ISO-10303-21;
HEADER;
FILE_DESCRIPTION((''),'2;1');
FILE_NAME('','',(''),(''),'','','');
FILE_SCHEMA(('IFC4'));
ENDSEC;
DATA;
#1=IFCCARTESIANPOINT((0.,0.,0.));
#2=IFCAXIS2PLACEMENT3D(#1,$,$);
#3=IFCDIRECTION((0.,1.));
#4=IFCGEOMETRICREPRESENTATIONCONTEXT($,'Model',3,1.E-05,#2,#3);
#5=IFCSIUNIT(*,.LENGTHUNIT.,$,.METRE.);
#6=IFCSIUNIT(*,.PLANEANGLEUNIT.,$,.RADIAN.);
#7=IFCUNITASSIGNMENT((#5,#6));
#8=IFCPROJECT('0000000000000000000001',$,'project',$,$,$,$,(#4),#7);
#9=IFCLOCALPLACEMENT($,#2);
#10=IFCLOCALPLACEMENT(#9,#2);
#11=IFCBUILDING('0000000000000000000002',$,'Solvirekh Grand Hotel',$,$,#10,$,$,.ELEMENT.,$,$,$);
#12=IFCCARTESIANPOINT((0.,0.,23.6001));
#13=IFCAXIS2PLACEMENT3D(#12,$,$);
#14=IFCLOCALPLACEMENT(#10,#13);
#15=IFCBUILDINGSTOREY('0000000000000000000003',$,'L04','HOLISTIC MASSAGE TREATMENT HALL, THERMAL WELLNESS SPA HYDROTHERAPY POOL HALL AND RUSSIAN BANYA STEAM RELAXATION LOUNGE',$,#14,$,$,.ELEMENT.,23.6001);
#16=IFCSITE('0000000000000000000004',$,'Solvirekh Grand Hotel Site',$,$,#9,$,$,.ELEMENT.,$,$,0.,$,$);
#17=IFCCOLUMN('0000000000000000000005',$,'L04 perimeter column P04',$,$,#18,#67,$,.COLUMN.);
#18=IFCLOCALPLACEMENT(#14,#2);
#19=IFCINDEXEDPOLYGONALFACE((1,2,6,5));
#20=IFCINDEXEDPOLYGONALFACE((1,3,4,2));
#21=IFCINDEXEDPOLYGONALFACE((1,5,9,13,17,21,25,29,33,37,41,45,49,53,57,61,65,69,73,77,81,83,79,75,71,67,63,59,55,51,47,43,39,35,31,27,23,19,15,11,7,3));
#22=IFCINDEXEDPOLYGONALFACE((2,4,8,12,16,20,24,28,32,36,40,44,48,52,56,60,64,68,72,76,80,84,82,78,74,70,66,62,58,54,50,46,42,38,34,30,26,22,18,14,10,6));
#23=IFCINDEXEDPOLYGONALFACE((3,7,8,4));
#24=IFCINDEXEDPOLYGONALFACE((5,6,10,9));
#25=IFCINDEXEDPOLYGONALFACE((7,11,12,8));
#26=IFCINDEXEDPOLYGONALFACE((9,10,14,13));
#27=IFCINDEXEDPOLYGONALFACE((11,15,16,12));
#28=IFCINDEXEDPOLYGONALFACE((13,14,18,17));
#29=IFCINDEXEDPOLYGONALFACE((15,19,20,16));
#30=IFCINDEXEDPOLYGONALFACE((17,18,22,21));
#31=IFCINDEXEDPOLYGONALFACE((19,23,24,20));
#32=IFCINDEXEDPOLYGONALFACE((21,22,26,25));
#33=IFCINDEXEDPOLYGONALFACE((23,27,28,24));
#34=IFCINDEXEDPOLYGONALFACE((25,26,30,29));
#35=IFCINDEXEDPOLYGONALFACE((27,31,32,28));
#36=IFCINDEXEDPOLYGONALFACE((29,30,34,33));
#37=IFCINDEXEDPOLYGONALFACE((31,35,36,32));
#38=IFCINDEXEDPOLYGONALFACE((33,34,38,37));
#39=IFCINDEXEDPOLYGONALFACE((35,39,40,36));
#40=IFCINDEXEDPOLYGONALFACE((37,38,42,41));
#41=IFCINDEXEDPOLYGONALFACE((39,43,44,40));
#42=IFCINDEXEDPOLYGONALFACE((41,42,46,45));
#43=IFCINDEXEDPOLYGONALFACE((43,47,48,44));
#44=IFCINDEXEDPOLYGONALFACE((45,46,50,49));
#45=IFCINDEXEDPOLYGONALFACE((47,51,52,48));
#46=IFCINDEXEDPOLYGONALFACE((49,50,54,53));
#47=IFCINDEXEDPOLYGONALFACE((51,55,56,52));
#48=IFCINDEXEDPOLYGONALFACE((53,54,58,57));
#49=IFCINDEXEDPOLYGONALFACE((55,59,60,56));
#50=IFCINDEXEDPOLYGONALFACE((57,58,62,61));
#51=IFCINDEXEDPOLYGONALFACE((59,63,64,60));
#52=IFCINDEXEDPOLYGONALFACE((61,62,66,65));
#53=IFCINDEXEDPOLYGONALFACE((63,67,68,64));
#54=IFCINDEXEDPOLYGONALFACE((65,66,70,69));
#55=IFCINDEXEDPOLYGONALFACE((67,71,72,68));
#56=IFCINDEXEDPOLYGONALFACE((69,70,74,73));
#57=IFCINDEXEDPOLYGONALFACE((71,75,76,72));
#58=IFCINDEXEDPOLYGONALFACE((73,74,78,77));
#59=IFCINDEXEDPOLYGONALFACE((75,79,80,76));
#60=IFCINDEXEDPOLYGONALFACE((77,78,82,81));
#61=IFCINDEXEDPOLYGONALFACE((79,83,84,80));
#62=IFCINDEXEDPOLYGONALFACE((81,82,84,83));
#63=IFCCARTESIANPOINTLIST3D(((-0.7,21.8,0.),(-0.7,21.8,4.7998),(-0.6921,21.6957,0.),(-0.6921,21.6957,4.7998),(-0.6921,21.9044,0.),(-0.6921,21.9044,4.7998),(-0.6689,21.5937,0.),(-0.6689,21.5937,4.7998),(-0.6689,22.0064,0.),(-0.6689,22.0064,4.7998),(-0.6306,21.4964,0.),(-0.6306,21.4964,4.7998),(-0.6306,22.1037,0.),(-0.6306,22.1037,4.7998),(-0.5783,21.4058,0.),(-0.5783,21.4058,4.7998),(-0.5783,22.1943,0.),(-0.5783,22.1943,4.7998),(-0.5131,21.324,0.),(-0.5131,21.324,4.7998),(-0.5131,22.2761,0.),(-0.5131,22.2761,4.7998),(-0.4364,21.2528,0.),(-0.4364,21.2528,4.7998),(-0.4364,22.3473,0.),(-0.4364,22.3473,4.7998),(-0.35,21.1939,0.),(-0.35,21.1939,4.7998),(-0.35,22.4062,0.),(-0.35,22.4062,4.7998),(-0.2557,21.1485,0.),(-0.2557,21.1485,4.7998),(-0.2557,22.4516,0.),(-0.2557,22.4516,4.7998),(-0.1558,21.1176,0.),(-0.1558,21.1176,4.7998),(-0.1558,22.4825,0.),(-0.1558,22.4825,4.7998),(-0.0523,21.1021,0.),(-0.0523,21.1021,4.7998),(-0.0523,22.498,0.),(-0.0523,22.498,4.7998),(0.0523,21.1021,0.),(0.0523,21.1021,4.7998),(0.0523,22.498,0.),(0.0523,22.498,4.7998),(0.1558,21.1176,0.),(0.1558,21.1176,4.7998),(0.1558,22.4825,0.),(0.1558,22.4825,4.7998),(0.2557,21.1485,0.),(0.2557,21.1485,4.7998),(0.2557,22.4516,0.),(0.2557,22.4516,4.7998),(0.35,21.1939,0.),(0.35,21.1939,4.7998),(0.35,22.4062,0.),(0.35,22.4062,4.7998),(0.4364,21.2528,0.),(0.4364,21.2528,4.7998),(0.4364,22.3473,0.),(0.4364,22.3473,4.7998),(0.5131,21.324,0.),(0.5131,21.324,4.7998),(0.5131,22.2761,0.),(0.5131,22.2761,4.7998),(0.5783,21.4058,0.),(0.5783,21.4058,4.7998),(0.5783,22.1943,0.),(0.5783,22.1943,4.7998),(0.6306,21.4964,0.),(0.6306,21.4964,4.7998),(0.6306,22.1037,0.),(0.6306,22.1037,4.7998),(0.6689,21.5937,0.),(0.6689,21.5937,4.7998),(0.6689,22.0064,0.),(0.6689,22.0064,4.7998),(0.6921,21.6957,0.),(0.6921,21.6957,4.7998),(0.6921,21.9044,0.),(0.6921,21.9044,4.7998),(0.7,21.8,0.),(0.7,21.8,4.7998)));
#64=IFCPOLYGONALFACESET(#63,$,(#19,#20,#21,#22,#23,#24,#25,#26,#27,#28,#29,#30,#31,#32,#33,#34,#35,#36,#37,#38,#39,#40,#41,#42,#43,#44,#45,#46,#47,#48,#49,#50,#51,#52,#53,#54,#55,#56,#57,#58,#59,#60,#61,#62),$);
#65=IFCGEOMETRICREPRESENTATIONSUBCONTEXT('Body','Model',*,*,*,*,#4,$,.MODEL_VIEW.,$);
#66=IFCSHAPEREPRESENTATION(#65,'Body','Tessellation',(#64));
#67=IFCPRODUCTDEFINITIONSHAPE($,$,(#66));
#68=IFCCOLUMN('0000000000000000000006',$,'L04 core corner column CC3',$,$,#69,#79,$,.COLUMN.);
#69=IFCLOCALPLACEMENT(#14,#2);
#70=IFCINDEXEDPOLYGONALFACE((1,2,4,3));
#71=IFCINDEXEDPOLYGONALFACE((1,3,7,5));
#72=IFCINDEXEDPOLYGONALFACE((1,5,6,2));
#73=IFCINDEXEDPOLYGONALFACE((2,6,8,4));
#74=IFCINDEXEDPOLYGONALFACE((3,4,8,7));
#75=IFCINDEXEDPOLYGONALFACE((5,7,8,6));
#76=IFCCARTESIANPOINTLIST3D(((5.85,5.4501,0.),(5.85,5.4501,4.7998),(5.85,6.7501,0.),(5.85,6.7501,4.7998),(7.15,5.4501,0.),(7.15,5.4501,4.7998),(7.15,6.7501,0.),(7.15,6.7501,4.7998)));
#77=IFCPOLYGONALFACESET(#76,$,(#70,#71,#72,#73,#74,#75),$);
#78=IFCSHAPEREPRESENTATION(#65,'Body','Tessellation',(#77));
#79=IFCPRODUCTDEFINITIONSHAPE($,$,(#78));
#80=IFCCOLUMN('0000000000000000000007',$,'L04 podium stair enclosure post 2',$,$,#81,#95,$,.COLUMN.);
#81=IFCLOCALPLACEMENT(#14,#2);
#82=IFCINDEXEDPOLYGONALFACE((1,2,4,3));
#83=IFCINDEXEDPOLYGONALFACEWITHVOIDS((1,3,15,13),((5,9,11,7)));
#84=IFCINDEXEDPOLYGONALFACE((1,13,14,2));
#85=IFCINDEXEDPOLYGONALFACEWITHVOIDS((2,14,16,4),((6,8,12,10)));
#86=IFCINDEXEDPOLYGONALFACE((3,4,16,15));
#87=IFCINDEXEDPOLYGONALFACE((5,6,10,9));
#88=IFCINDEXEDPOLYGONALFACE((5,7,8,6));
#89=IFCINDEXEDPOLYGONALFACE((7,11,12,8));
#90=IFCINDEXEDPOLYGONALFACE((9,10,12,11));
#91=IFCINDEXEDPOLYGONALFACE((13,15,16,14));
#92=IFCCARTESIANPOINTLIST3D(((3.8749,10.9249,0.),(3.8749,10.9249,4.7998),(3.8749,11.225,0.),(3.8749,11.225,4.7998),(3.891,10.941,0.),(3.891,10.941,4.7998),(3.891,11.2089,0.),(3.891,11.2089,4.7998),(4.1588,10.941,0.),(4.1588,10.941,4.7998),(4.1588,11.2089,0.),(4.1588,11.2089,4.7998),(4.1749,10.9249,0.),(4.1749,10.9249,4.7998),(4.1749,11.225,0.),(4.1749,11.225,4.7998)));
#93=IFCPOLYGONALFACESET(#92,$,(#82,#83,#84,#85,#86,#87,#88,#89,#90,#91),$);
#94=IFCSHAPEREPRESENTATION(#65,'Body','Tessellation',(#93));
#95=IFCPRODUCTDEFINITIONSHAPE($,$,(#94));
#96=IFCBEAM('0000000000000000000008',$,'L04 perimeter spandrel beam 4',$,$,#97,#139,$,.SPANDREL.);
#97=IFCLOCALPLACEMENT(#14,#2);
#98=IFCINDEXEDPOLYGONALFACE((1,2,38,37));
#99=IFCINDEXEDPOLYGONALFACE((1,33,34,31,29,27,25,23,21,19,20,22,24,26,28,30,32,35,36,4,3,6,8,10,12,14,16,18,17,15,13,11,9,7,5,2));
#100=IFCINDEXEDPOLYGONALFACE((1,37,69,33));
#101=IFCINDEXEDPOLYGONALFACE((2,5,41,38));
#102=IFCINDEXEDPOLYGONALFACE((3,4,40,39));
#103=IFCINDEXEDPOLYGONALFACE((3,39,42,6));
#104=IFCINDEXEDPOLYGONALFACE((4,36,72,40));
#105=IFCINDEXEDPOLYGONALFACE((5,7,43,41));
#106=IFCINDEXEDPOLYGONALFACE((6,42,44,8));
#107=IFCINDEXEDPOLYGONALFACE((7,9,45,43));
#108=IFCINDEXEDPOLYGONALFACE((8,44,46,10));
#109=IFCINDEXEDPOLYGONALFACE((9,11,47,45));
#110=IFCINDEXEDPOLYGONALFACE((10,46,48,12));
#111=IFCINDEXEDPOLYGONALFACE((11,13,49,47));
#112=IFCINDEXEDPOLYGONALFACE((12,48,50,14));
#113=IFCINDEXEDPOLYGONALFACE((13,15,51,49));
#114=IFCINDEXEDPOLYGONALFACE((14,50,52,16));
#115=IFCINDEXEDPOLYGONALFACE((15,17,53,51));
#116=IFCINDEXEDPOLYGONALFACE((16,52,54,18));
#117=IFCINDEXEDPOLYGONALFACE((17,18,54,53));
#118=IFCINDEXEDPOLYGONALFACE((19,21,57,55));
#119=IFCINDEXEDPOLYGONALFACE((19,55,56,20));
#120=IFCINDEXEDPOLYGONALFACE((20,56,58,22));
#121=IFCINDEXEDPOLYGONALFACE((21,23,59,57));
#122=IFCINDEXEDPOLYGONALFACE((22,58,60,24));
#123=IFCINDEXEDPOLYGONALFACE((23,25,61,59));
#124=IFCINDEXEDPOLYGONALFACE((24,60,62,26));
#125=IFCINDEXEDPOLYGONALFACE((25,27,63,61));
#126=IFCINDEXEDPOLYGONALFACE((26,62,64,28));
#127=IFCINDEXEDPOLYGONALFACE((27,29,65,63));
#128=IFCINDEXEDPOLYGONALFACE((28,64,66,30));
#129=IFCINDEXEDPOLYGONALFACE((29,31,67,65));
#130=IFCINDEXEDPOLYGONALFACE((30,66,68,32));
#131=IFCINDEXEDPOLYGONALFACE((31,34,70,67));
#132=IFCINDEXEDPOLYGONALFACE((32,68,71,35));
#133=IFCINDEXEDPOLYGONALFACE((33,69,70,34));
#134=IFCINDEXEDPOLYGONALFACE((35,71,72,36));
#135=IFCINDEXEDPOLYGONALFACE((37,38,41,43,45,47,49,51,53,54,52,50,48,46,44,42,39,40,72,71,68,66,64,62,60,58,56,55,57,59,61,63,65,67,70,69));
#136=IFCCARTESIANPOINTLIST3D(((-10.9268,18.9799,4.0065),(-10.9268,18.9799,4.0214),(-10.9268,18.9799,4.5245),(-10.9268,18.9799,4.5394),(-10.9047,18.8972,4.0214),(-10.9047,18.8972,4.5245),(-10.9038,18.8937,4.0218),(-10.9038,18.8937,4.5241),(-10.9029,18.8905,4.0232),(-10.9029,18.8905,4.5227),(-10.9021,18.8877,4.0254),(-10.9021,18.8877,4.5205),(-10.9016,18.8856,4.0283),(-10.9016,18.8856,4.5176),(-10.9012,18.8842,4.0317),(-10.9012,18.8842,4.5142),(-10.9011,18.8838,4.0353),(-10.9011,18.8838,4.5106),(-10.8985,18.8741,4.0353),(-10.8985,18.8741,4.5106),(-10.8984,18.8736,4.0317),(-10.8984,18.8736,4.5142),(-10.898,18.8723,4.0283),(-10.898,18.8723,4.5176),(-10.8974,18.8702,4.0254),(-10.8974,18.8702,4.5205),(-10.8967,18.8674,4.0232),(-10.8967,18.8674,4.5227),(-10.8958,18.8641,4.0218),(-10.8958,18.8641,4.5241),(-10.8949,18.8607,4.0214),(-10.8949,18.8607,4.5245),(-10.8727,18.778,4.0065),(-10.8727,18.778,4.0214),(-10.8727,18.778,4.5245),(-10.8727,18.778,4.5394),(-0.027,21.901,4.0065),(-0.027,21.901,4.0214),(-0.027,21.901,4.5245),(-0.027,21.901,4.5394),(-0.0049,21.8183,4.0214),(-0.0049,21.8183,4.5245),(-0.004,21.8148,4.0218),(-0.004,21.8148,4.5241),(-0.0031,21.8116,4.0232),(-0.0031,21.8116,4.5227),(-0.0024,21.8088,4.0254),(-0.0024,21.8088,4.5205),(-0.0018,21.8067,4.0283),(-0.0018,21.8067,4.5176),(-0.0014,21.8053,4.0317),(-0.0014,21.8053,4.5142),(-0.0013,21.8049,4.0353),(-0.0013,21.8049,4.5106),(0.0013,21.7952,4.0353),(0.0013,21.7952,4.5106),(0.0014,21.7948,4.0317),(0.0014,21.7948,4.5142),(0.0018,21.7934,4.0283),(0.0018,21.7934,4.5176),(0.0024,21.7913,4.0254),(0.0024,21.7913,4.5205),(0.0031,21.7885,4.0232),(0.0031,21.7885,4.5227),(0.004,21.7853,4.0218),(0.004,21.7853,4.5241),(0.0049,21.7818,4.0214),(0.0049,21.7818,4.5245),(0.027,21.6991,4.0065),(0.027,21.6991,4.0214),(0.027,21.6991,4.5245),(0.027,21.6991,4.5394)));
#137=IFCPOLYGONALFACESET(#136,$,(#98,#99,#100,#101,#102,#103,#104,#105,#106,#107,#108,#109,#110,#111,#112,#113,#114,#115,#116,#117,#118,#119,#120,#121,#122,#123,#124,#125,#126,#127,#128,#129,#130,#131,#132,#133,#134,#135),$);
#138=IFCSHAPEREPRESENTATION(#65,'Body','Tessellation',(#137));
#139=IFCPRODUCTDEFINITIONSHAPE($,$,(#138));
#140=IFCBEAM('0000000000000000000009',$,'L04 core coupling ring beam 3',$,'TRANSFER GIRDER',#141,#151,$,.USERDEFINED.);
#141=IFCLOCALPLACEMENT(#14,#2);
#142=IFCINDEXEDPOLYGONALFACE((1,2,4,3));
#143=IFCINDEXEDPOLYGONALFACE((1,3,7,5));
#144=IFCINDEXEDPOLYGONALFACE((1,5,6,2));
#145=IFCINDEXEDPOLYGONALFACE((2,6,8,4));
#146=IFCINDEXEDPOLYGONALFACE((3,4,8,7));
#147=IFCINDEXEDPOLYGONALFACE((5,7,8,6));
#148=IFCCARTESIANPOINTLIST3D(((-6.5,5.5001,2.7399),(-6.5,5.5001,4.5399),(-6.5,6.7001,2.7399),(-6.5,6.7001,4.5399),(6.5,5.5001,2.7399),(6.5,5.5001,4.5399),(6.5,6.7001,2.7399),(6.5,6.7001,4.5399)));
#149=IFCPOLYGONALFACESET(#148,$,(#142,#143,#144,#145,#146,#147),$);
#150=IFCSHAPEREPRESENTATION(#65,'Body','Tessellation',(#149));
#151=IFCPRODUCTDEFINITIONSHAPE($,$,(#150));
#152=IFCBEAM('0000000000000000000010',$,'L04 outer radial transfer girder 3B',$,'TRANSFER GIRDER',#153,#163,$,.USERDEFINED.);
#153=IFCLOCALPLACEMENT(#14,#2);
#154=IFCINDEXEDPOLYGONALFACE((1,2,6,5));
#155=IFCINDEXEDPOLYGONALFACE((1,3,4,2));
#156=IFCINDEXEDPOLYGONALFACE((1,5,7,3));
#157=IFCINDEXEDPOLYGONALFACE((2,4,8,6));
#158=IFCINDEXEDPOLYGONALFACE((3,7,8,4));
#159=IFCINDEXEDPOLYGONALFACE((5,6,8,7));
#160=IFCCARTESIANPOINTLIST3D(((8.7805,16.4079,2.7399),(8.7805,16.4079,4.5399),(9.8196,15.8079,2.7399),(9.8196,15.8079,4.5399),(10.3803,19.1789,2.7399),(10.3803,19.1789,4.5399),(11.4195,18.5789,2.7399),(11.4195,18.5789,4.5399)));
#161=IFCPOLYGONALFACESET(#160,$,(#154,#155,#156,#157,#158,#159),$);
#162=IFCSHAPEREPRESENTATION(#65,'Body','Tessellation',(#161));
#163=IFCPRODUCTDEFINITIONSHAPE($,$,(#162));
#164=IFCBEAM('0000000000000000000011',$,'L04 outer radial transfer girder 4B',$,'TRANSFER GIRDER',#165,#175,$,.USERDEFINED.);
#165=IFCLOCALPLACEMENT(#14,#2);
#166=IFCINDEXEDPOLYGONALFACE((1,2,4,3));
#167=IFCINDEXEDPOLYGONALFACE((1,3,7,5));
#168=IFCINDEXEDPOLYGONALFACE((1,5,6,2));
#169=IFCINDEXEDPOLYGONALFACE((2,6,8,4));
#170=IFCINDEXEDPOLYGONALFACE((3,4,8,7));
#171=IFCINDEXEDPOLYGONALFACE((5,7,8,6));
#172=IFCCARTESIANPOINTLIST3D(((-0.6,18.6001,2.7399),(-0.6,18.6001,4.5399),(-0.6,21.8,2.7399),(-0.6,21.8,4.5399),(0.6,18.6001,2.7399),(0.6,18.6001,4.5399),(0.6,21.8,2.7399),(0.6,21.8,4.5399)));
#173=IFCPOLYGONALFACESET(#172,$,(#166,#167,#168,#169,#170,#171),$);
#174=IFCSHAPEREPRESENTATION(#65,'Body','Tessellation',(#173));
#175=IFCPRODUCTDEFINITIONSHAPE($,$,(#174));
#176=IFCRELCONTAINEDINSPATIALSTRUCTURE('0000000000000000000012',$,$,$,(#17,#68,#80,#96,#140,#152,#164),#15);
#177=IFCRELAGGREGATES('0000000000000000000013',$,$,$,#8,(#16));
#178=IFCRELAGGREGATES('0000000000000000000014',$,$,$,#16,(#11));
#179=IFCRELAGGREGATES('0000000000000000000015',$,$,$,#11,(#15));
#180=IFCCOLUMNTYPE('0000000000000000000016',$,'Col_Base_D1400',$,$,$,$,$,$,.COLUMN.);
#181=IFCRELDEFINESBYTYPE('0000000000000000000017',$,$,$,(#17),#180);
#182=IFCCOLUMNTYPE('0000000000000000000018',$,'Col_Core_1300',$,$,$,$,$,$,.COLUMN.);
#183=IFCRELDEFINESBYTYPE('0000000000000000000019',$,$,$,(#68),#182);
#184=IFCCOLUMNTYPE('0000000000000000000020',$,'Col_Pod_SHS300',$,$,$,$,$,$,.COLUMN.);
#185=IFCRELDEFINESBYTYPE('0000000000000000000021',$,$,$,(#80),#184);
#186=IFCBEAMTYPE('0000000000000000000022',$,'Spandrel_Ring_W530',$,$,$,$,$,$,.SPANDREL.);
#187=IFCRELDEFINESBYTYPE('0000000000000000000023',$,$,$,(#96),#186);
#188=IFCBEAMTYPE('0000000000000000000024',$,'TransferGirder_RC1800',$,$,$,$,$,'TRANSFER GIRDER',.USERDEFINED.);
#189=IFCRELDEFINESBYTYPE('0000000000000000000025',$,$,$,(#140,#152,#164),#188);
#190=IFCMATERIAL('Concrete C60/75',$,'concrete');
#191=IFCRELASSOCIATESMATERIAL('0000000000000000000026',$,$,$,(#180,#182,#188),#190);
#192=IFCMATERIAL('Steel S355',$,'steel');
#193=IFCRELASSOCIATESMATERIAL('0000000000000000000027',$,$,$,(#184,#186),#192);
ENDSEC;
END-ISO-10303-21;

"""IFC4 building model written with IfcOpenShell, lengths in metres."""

from ifc_helpers import new_model, si_unit, direction, frame, origin, origin_2d, place, context, subcontext, project, spatial, rectangle, hollow_rectangle, circle, i_section, extrude, material, material_profile, profile_set, type_object, element, save


model = new_model("IFC4")

# Units and contexts
model_context = context("Model", 3, precision=1e-05, world=origin(), true_north=direction((0.0, 1.0)))
body_context = subcontext(model_context, "Body", "Model", "MODEL_VIEW")
ifc_project = project(units=[si_unit("LENGTHUNIT", "METRE"), si_unit("PLANEANGLEUNIT", "RADIAN")], contexts=[model_context])

# Site, building, storey
site_placement = place(None, origin())
site = spatial("IfcSite", under=ifc_project, at=site_placement, Name="Solvirekh Grand Hotel Site", CompositionType="ELEMENT", RefElevation=0.0)
building_placement = place(site_placement, origin())
building = spatial("IfcBuilding", under=site, at=building_placement, Name="Solvirekh Grand Hotel", CompositionType="ELEMENT")
storey_placement = place(building_placement, frame((0.0, 0.0, 23.6001)))
storey = spatial("IfcBuildingStorey", under=building, at=storey_placement, Name="L04", Description="HOLISTIC MASSAGE TREATMENT HALL, THERMAL WELLNESS SPA HYDROTHERAPY POOL HALL AND RUSSIAN BANYA STEAM RELAXATION LOUNGE", CompositionType="ELEMENT", Elevation=23.6001)

# Columns
ifc_material_1 = material(Name="Concrete C60/75", Category="concrete")
ifc_material_profile_1 = material_profile(ifc_material_1, circle(Radius=0.7, at=origin_2d()), Name="RC CIRC D1400")
ifc_profile_set_1 = profile_set([ifc_material_profile_1], Name="Concrete C60/75")
column_type_1 = type_object("IfcColumnType", Name="Col_Base_D1400", PredefinedType="COLUMN", material=ifc_profile_set_1)
column_1_placement = place(storey_placement, frame((0.0, 21.8, 0.0), z_axis=(0.0, 0.0, 1.0), x_axis=(1.0, 0.0, 0.0)))
element("IfcColumn", 1, at=column_1_placement, inside=storey, type_object=column_type_1, Name="L04 perimeter column P04", PredefinedType="COLUMN", context=body_context, shape_type="SweptSolid", body=[
    extrude(circle(Radius=0.7, at=origin_2d()), origin(), (0.0, 0.0, 1.0), 4.7998),
])
ifc_material_profile_2 = material_profile(ifc_material_1, rectangle(XDim=1.3, YDim=1.3, at=origin_2d()), Name="RC 1300X1300")
ifc_profile_set_2 = profile_set([ifc_material_profile_2], Name="Concrete C60/75")
column_type_2 = type_object("IfcColumnType", Name="Col_Core_1300", PredefinedType="COLUMN", material=ifc_profile_set_2)
column_2_placement = place(storey_placement, frame((6.5, 6.1001, 0.0), z_axis=(0.0, 0.0, 1.0), x_axis=(1.0, 0.0, 0.0)))
element("IfcColumn", 2, at=column_2_placement, inside=storey, type_object=column_type_2, Name="L04 core corner column CC3", PredefinedType="COLUMN", context=body_context, shape_type="SweptSolid", body=[
    extrude(rectangle(XDim=1.3, YDim=1.3, at=origin_2d()), origin(), (0.0, 0.0, 1.0), 4.7998),
])
ifc_material_2 = material(Name="Steel S355", Category="steel")
ifc_material_profile_3 = material_profile(ifc_material_2, hollow_rectangle(XDim=0.3, YDim=0.3, WallThickness=0.0161, at=origin_2d()), Name="SHS 300X300X16")
ifc_profile_set_3 = profile_set([ifc_material_profile_3], Name="Steel S355")
column_type_3 = type_object("IfcColumnType", Name="Col_Pod_SHS300", PredefinedType="COLUMN", material=ifc_profile_set_3)
column_3_placement = place(storey_placement, frame((4.0249, 11.075, 0.0), z_axis=(0.0, 0.0, 1.0), x_axis=(1.0, 0.0, 0.0)))
element("IfcColumn", 3, at=column_3_placement, inside=storey, type_object=column_type_3, Name="L04 podium stair enclosure post 2", PredefinedType="COLUMN", context=body_context, shape_type="SweptSolid", body=[
    extrude(hollow_rectangle(XDim=0.3, YDim=0.3, WallThickness=0.0161, at=origin_2d()), origin(), (0.0, 0.0, 1.0), 4.7998),
])

# Beams
ifc_material_profile_4 = material_profile(ifc_material_2, i_section(OverallWidth=0.209, OverallDepth=0.533, WebThickness=0.01, FlangeThickness=0.0149, FilletRadius=0.0139, at=origin_2d()), Name="W530X92")
ifc_profile_set_4 = profile_set([ifc_material_profile_4], Name="Steel S355")
beam_type_1 = type_object("IfcBeamType", Name="Spandrel_Ring_W530", PredefinedType="SPANDREL", material=ifc_profile_set_4)
beam_1_placement = place(storey_placement, frame((0.0, 21.8, 4.2729), z_axis=(-0.965914, -0.258862, 0.0), x_axis=(0.258862, -0.965914, 0.0)))
element("IfcBeam", 4, at=beam_1_placement, inside=storey, type_object=beam_type_1, Name="L04 perimeter spandrel beam 4", PredefinedType="SPANDREL", context=body_context, shape_type="SweptSolid", body=[
    extrude(i_section(OverallWidth=0.209, OverallDepth=0.533, WebThickness=0.01, FlangeThickness=0.0149, FilletRadius=0.0139, at=origin_2d()), origin(), (0.0, 0.0, 1.0), 11.2844),
])
ifc_material_profile_5 = material_profile(ifc_material_1, rectangle(XDim=1.2, YDim=1.8, at=origin_2d()), Name="RC GIRDER 1200X1800")
ifc_profile_set_5 = profile_set([ifc_material_profile_5], Name="Concrete C60/75")
beam_type_2 = type_object("IfcBeamType", Name="TransferGirder_RC1800", ElementType="TRANSFER GIRDER", PredefinedType="USERDEFINED", material=ifc_profile_set_5)
beam_2_placement = place(storey_placement, frame((6.5, 6.1001, 3.6399), z_axis=(-1.0, 0.0, 0.0), x_axis=(0.0, -1.0, 0.0)))
element("IfcBeam", 5, at=beam_2_placement, inside=storey, type_object=beam_type_2, Name="L04 core coupling ring beam 3", ObjectType="TRANSFER GIRDER", PredefinedType="USERDEFINED", context=body_context, shape_type="SweptSolid", body=[
    extrude(rectangle(XDim=1.2, YDim=1.8, at=origin_2d()), origin(), (0.0, 0.0, 1.0), 13.0),
])
beam_3_placement = place(storey_placement, frame((9.3, 16.1079, 3.6399), z_axis=(0.500004, 0.866023, 0.0), x_axis=(-0.866023, 0.500004, 0.0)))
element("IfcBeam", 6, at=beam_3_placement, inside=storey, type_object=beam_type_2, Name="L04 outer radial transfer girder 3B", ObjectType="TRANSFER GIRDER", PredefinedType="USERDEFINED", context=body_context, shape_type="SweptSolid", body=[
    extrude(rectangle(XDim=1.2, YDim=1.8, at=origin_2d()), origin(), (0.0, 0.0, 1.0), 3.1997),
])
beam_4_placement = place(storey_placement, frame((0.0, 18.6001, 3.6399), z_axis=(0.0, 1.0, 0.0), x_axis=(-1.0, 0.0, 0.0)))
element("IfcBeam", 7, at=beam_4_placement, inside=storey, type_object=beam_type_2, Name="L04 outer radial transfer girder 4B", ObjectType="TRANSFER GIRDER", PredefinedType="USERDEFINED", context=body_context, shape_type="SweptSolid", body=[
    extrude(rectangle(XDim=1.2, YDim=1.8, at=origin_2d()), origin(), (0.0, 0.0, 1.0), 3.2),
])

save(model, "model.ifc")
